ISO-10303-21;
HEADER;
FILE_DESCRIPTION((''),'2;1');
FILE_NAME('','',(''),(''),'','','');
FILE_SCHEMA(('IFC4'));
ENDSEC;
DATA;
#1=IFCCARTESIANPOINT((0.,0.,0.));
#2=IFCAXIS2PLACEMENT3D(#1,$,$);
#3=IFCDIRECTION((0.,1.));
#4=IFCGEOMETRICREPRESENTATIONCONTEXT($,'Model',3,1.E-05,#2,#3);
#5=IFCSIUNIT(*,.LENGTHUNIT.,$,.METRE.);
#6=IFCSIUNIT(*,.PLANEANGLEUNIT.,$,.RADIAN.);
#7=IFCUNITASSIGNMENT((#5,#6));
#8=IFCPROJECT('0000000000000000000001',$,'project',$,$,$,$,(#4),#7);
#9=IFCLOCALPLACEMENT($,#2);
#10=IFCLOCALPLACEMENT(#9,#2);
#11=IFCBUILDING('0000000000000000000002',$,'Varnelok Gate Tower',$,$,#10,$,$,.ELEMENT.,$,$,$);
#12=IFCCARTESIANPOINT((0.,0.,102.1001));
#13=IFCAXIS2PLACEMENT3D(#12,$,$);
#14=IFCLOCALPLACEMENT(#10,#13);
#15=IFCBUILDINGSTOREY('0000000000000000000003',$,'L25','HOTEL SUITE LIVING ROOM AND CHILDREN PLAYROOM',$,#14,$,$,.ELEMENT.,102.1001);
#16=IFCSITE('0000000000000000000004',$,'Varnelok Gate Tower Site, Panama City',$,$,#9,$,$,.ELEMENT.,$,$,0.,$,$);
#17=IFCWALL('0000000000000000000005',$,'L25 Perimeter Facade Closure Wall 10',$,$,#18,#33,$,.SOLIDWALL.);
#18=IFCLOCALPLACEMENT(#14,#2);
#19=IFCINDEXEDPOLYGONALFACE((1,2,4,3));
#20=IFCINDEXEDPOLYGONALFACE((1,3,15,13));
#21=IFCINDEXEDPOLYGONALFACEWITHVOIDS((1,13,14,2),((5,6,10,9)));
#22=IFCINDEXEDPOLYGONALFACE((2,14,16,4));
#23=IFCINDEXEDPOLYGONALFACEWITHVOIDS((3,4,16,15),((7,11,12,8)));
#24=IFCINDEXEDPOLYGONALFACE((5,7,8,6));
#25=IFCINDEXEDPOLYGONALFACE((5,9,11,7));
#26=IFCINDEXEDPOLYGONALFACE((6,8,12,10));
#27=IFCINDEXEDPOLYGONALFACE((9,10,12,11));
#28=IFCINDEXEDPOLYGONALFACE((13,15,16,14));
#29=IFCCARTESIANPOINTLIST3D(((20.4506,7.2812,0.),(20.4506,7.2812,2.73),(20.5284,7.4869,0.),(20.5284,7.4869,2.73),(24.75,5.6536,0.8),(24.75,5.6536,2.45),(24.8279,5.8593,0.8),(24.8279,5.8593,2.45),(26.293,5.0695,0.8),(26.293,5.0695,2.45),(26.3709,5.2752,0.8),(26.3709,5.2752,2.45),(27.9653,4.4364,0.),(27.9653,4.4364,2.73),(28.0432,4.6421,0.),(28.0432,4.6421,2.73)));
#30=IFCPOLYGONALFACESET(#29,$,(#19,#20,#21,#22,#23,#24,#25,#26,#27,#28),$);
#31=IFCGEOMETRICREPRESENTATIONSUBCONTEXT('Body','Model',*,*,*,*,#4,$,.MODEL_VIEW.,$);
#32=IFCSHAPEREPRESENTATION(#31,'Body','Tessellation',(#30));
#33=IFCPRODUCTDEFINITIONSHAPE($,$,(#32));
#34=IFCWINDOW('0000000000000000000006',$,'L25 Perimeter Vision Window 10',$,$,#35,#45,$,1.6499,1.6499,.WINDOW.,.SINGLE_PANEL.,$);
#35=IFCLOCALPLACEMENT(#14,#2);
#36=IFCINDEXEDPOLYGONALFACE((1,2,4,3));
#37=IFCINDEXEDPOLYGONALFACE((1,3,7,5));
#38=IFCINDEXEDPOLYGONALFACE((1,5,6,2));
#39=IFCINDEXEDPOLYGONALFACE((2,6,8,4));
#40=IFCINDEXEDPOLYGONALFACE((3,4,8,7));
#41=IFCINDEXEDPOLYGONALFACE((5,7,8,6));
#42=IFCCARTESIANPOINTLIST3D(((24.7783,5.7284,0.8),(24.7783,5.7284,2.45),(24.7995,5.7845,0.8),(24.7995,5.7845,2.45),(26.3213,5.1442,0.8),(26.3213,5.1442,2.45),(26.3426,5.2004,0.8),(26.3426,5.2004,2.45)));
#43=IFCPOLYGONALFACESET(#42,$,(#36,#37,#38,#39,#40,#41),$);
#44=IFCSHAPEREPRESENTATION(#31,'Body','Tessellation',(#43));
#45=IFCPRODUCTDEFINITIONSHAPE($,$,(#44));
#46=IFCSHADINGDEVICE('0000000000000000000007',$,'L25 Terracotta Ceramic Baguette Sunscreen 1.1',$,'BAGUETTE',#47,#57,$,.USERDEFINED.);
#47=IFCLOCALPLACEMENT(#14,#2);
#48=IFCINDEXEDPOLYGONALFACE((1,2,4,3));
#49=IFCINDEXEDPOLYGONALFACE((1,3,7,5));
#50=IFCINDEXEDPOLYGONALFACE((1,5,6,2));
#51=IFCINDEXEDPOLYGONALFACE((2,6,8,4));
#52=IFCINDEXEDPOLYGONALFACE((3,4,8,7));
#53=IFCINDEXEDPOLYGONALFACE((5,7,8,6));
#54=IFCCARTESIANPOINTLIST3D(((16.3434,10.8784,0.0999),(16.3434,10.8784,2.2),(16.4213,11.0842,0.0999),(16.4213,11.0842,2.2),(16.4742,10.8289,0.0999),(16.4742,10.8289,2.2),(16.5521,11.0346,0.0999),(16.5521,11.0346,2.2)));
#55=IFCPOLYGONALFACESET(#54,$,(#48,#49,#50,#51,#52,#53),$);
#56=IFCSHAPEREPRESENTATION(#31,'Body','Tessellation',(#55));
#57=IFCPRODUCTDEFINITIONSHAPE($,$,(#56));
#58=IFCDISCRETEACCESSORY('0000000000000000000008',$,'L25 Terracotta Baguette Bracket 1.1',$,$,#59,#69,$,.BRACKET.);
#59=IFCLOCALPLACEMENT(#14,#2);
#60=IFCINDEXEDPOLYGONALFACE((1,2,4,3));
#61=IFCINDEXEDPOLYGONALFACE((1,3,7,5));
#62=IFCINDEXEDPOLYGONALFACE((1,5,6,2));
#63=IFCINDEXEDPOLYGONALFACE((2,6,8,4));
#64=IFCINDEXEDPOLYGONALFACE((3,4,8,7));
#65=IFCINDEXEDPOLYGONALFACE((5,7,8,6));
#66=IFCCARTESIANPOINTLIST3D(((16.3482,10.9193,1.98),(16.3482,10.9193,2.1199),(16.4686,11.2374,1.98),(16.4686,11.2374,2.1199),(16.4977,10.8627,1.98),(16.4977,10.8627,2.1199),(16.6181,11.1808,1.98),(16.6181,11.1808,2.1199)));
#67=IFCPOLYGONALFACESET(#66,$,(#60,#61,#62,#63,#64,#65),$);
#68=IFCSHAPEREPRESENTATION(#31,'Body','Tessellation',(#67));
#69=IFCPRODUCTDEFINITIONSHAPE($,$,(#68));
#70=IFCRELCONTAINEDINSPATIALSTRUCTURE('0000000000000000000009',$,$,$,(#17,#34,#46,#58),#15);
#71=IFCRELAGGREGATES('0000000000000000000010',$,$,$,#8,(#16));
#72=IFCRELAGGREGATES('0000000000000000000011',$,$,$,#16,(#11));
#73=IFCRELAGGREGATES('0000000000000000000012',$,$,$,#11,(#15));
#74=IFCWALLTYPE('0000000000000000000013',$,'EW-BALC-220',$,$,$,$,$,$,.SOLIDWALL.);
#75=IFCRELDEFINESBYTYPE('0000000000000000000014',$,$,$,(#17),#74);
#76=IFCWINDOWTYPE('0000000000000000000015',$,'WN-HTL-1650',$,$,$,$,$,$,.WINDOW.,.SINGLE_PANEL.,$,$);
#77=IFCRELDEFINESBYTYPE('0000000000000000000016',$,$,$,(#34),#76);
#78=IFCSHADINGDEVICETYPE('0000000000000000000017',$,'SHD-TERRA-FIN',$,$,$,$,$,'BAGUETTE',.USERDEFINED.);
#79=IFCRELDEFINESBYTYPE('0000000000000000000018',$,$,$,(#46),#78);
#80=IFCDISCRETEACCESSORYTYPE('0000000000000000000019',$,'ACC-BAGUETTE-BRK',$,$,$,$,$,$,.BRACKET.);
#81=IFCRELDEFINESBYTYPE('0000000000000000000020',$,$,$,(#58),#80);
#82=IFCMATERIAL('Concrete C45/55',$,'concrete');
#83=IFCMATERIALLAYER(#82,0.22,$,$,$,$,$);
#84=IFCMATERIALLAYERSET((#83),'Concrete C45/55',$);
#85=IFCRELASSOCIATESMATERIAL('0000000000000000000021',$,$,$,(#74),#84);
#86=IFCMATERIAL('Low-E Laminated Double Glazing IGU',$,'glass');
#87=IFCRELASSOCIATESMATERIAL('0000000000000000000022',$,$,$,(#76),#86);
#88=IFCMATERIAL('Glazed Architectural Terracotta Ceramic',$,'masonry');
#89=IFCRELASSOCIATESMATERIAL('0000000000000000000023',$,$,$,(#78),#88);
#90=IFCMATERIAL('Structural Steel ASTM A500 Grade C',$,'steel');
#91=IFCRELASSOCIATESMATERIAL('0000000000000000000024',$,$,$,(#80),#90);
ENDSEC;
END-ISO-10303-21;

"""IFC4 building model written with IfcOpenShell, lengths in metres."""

from ifc_helpers import new_model, si_unit, direction, frame, frame_2d, origin, origin_2d, place, context, subcontext, project, spatial, rectangle, extrude, source, transform, mapped, material, layer, layer_set, type_object, element, fill, save


model = new_model("IFC4")

# Units and contexts
model_context = context("Model", 3, precision=1e-05, world=origin(), true_north=direction((0.0, 1.0)))
body_context = subcontext(model_context, "Body", "Model", "MODEL_VIEW")
ifc_project = project(units=[si_unit("LENGTHUNIT", "METRE"), si_unit("PLANEANGLEUNIT", "RADIAN")], contexts=[model_context])

# Site, building, storey
site_placement = place(None, origin())
site = spatial("IfcSite", under=ifc_project, at=site_placement, Name="Varnelok Gate Tower Site, Panama City", CompositionType="ELEMENT", RefElevation=0.0)
building_placement = place(site_placement, origin())
building = spatial("IfcBuilding", under=site, at=building_placement, Name="Varnelok Gate Tower", CompositionType="ELEMENT")
storey_placement = place(building_placement, frame((0.0, 0.0, 102.1001)))
storey = spatial("IfcBuildingStorey", under=building, at=storey_placement, Name="L25", Description="HOTEL SUITE LIVING ROOM AND CHILDREN PLAYROOM", CompositionType="ELEMENT", Elevation=102.1001)

# Shared definitions
ifc_material_1 = material(Name="Concrete C45/55", Category="concrete")

# Shared definitions
ifc_layer_1 = layer(ifc_material_1, 0.22)
ifc_layer_set_1 = layer_set([ifc_layer_1], Name="Concrete C45/55")
wall_type = type_object("IfcWallType", Name="EW-BALC-220", PredefinedType="SOLIDWALL", material=ifc_layer_set_1)

# Wall, opening, window
wall_1_placement = place(storey_placement, frame((20.4895, 7.384, 0.0), z_axis=(0.0, 0.0, 1.0), x_axis=(0.935231, -0.354039, 0.0)))
wall_1 = element("IfcWall", 1, at=wall_1_placement, inside=storey, type_object=wall_type, Name="L25 Perimeter Facade Closure Wall 10", PredefinedType="SOLIDWALL", context=body_context, shape_type="SweptSolid", body=[
    extrude(rectangle(XDim=8.0352, YDim=0.22, at=frame_2d((4.0176, 0.0))), origin(), (0.0, 0.0, 1.0), 2.73),
])
opening_1_placement = place(wall_1_placement, frame((4.5972, 0.0, 0.8)))
opening_1 = element("IfcOpeningElement", 2, at=opening_1_placement, cuts=wall_1, PredefinedType="OPENING", context=body_context, shape_type="SweptSolid", body=[
    extrude(rectangle(XDim=1.6499, YDim=1.6499, at=frame_2d((0.825, 0.825))), frame((0.0, 0.1199, 0.0), z_axis=(0.0, -1.0, 0.0), x_axis=(1.0, 0.0, 0.0)), (0.0, 0.0, 1.0), 0.24),
])
ifc_material_2 = material(Name="Low-E Laminated Double Glazing IGU", Category="glass")
window_type = type_object("IfcWindowType", Name="WN-HTL-1650", PartitioningType="SINGLE_PANEL", PredefinedType="WINDOW", material=ifc_material_2)
window_placement = place(opening_1_placement, origin())
window = element("IfcWindow", 3, at=window_placement, inside=storey, type_object=window_type, Name="L25 Perimeter Vision Window 10", OverallHeight=1.6499, OverallWidth=1.6499, PartitioningType="SINGLE_PANEL", PredefinedType="WINDOW", context=body_context, shape_type="SweptSolid", body=[
    extrude(rectangle(XDim=1.6499, YDim=1.6499, at=frame_2d((0.825, 0.825))), frame((0.0, 0.03, 0.0), z_axis=(0.0, -1.0, 0.0), x_axis=(1.0, 0.0, 0.0)), (0.0, 0.0, 1.0), 0.0601),
])
fill(opening_1, window)

# Shading device
ifc_material_3 = material(Name="Glazed Architectural Terracotta Ceramic", Category="masonry")
shading_device_type = type_object("IfcShadingDeviceType", Name="SHD-TERRA-FIN", ElementType="BAGUETTE", PredefinedType="USERDEFINED", material=ifc_material_3)
shared_shape_1 = source(origin(), body_context, "Body", "SweptSolid", [
    extrude(rectangle(XDim=0.1399, YDim=0.22, at=origin_2d()), origin(), (0.0, 0.0, 1.0), 2.1001),
])
shading_device_placement = place(storey_placement, frame((16.4478, 10.9565, 0.0999), z_axis=(0.0, 0.0, 1.0), x_axis=(0.935222, -0.354063, 0.0)))
element("IfcShadingDevice", 4, at=shading_device_placement, inside=storey, type_object=shading_device_type, Name="L25 Terracotta Ceramic Baguette Sunscreen 1.1", ObjectType="BAGUETTE", PredefinedType="USERDEFINED", context=body_context, shape_type="MappedRepresentation", body=[
    mapped(shared_shape_1, transform((0.0, 0.0, 0.0), scale=1.0)),
])

# Discrete accessory
ifc_material_4 = material(Name="Structural Steel ASTM A500 Grade C", Category="steel")
discrete_accessory_type = type_object("IfcDiscreteAccessoryType", Name="ACC-BAGUETTE-BRK", PredefinedType="BRACKET", material=ifc_material_4)
shared_shape_2 = source(origin(), body_context, "Body", "SweptSolid", [
    extrude(rectangle(XDim=0.1599, YDim=0.3401, at=origin_2d()), origin(), (0.0, 0.0, 1.0), 0.1399),
])
discrete_accessory_placement = place(storey_placement, frame((16.4832, 11.05, 1.98), z_axis=(0.0, 0.0, 1.0), x_axis=(0.935222, -0.354063, 0.0)))
element("IfcDiscreteAccessory", 5, at=discrete_accessory_placement, inside=storey, type_object=discrete_accessory_type, Name="L25 Terracotta Baguette Bracket 1.1", PredefinedType="BRACKET", context=body_context, shape_type="MappedRepresentation", body=[
    mapped(shared_shape_2, transform((0.0, 0.0, 0.0), scale=1.0)),
])

save(model, "model.ifc")
